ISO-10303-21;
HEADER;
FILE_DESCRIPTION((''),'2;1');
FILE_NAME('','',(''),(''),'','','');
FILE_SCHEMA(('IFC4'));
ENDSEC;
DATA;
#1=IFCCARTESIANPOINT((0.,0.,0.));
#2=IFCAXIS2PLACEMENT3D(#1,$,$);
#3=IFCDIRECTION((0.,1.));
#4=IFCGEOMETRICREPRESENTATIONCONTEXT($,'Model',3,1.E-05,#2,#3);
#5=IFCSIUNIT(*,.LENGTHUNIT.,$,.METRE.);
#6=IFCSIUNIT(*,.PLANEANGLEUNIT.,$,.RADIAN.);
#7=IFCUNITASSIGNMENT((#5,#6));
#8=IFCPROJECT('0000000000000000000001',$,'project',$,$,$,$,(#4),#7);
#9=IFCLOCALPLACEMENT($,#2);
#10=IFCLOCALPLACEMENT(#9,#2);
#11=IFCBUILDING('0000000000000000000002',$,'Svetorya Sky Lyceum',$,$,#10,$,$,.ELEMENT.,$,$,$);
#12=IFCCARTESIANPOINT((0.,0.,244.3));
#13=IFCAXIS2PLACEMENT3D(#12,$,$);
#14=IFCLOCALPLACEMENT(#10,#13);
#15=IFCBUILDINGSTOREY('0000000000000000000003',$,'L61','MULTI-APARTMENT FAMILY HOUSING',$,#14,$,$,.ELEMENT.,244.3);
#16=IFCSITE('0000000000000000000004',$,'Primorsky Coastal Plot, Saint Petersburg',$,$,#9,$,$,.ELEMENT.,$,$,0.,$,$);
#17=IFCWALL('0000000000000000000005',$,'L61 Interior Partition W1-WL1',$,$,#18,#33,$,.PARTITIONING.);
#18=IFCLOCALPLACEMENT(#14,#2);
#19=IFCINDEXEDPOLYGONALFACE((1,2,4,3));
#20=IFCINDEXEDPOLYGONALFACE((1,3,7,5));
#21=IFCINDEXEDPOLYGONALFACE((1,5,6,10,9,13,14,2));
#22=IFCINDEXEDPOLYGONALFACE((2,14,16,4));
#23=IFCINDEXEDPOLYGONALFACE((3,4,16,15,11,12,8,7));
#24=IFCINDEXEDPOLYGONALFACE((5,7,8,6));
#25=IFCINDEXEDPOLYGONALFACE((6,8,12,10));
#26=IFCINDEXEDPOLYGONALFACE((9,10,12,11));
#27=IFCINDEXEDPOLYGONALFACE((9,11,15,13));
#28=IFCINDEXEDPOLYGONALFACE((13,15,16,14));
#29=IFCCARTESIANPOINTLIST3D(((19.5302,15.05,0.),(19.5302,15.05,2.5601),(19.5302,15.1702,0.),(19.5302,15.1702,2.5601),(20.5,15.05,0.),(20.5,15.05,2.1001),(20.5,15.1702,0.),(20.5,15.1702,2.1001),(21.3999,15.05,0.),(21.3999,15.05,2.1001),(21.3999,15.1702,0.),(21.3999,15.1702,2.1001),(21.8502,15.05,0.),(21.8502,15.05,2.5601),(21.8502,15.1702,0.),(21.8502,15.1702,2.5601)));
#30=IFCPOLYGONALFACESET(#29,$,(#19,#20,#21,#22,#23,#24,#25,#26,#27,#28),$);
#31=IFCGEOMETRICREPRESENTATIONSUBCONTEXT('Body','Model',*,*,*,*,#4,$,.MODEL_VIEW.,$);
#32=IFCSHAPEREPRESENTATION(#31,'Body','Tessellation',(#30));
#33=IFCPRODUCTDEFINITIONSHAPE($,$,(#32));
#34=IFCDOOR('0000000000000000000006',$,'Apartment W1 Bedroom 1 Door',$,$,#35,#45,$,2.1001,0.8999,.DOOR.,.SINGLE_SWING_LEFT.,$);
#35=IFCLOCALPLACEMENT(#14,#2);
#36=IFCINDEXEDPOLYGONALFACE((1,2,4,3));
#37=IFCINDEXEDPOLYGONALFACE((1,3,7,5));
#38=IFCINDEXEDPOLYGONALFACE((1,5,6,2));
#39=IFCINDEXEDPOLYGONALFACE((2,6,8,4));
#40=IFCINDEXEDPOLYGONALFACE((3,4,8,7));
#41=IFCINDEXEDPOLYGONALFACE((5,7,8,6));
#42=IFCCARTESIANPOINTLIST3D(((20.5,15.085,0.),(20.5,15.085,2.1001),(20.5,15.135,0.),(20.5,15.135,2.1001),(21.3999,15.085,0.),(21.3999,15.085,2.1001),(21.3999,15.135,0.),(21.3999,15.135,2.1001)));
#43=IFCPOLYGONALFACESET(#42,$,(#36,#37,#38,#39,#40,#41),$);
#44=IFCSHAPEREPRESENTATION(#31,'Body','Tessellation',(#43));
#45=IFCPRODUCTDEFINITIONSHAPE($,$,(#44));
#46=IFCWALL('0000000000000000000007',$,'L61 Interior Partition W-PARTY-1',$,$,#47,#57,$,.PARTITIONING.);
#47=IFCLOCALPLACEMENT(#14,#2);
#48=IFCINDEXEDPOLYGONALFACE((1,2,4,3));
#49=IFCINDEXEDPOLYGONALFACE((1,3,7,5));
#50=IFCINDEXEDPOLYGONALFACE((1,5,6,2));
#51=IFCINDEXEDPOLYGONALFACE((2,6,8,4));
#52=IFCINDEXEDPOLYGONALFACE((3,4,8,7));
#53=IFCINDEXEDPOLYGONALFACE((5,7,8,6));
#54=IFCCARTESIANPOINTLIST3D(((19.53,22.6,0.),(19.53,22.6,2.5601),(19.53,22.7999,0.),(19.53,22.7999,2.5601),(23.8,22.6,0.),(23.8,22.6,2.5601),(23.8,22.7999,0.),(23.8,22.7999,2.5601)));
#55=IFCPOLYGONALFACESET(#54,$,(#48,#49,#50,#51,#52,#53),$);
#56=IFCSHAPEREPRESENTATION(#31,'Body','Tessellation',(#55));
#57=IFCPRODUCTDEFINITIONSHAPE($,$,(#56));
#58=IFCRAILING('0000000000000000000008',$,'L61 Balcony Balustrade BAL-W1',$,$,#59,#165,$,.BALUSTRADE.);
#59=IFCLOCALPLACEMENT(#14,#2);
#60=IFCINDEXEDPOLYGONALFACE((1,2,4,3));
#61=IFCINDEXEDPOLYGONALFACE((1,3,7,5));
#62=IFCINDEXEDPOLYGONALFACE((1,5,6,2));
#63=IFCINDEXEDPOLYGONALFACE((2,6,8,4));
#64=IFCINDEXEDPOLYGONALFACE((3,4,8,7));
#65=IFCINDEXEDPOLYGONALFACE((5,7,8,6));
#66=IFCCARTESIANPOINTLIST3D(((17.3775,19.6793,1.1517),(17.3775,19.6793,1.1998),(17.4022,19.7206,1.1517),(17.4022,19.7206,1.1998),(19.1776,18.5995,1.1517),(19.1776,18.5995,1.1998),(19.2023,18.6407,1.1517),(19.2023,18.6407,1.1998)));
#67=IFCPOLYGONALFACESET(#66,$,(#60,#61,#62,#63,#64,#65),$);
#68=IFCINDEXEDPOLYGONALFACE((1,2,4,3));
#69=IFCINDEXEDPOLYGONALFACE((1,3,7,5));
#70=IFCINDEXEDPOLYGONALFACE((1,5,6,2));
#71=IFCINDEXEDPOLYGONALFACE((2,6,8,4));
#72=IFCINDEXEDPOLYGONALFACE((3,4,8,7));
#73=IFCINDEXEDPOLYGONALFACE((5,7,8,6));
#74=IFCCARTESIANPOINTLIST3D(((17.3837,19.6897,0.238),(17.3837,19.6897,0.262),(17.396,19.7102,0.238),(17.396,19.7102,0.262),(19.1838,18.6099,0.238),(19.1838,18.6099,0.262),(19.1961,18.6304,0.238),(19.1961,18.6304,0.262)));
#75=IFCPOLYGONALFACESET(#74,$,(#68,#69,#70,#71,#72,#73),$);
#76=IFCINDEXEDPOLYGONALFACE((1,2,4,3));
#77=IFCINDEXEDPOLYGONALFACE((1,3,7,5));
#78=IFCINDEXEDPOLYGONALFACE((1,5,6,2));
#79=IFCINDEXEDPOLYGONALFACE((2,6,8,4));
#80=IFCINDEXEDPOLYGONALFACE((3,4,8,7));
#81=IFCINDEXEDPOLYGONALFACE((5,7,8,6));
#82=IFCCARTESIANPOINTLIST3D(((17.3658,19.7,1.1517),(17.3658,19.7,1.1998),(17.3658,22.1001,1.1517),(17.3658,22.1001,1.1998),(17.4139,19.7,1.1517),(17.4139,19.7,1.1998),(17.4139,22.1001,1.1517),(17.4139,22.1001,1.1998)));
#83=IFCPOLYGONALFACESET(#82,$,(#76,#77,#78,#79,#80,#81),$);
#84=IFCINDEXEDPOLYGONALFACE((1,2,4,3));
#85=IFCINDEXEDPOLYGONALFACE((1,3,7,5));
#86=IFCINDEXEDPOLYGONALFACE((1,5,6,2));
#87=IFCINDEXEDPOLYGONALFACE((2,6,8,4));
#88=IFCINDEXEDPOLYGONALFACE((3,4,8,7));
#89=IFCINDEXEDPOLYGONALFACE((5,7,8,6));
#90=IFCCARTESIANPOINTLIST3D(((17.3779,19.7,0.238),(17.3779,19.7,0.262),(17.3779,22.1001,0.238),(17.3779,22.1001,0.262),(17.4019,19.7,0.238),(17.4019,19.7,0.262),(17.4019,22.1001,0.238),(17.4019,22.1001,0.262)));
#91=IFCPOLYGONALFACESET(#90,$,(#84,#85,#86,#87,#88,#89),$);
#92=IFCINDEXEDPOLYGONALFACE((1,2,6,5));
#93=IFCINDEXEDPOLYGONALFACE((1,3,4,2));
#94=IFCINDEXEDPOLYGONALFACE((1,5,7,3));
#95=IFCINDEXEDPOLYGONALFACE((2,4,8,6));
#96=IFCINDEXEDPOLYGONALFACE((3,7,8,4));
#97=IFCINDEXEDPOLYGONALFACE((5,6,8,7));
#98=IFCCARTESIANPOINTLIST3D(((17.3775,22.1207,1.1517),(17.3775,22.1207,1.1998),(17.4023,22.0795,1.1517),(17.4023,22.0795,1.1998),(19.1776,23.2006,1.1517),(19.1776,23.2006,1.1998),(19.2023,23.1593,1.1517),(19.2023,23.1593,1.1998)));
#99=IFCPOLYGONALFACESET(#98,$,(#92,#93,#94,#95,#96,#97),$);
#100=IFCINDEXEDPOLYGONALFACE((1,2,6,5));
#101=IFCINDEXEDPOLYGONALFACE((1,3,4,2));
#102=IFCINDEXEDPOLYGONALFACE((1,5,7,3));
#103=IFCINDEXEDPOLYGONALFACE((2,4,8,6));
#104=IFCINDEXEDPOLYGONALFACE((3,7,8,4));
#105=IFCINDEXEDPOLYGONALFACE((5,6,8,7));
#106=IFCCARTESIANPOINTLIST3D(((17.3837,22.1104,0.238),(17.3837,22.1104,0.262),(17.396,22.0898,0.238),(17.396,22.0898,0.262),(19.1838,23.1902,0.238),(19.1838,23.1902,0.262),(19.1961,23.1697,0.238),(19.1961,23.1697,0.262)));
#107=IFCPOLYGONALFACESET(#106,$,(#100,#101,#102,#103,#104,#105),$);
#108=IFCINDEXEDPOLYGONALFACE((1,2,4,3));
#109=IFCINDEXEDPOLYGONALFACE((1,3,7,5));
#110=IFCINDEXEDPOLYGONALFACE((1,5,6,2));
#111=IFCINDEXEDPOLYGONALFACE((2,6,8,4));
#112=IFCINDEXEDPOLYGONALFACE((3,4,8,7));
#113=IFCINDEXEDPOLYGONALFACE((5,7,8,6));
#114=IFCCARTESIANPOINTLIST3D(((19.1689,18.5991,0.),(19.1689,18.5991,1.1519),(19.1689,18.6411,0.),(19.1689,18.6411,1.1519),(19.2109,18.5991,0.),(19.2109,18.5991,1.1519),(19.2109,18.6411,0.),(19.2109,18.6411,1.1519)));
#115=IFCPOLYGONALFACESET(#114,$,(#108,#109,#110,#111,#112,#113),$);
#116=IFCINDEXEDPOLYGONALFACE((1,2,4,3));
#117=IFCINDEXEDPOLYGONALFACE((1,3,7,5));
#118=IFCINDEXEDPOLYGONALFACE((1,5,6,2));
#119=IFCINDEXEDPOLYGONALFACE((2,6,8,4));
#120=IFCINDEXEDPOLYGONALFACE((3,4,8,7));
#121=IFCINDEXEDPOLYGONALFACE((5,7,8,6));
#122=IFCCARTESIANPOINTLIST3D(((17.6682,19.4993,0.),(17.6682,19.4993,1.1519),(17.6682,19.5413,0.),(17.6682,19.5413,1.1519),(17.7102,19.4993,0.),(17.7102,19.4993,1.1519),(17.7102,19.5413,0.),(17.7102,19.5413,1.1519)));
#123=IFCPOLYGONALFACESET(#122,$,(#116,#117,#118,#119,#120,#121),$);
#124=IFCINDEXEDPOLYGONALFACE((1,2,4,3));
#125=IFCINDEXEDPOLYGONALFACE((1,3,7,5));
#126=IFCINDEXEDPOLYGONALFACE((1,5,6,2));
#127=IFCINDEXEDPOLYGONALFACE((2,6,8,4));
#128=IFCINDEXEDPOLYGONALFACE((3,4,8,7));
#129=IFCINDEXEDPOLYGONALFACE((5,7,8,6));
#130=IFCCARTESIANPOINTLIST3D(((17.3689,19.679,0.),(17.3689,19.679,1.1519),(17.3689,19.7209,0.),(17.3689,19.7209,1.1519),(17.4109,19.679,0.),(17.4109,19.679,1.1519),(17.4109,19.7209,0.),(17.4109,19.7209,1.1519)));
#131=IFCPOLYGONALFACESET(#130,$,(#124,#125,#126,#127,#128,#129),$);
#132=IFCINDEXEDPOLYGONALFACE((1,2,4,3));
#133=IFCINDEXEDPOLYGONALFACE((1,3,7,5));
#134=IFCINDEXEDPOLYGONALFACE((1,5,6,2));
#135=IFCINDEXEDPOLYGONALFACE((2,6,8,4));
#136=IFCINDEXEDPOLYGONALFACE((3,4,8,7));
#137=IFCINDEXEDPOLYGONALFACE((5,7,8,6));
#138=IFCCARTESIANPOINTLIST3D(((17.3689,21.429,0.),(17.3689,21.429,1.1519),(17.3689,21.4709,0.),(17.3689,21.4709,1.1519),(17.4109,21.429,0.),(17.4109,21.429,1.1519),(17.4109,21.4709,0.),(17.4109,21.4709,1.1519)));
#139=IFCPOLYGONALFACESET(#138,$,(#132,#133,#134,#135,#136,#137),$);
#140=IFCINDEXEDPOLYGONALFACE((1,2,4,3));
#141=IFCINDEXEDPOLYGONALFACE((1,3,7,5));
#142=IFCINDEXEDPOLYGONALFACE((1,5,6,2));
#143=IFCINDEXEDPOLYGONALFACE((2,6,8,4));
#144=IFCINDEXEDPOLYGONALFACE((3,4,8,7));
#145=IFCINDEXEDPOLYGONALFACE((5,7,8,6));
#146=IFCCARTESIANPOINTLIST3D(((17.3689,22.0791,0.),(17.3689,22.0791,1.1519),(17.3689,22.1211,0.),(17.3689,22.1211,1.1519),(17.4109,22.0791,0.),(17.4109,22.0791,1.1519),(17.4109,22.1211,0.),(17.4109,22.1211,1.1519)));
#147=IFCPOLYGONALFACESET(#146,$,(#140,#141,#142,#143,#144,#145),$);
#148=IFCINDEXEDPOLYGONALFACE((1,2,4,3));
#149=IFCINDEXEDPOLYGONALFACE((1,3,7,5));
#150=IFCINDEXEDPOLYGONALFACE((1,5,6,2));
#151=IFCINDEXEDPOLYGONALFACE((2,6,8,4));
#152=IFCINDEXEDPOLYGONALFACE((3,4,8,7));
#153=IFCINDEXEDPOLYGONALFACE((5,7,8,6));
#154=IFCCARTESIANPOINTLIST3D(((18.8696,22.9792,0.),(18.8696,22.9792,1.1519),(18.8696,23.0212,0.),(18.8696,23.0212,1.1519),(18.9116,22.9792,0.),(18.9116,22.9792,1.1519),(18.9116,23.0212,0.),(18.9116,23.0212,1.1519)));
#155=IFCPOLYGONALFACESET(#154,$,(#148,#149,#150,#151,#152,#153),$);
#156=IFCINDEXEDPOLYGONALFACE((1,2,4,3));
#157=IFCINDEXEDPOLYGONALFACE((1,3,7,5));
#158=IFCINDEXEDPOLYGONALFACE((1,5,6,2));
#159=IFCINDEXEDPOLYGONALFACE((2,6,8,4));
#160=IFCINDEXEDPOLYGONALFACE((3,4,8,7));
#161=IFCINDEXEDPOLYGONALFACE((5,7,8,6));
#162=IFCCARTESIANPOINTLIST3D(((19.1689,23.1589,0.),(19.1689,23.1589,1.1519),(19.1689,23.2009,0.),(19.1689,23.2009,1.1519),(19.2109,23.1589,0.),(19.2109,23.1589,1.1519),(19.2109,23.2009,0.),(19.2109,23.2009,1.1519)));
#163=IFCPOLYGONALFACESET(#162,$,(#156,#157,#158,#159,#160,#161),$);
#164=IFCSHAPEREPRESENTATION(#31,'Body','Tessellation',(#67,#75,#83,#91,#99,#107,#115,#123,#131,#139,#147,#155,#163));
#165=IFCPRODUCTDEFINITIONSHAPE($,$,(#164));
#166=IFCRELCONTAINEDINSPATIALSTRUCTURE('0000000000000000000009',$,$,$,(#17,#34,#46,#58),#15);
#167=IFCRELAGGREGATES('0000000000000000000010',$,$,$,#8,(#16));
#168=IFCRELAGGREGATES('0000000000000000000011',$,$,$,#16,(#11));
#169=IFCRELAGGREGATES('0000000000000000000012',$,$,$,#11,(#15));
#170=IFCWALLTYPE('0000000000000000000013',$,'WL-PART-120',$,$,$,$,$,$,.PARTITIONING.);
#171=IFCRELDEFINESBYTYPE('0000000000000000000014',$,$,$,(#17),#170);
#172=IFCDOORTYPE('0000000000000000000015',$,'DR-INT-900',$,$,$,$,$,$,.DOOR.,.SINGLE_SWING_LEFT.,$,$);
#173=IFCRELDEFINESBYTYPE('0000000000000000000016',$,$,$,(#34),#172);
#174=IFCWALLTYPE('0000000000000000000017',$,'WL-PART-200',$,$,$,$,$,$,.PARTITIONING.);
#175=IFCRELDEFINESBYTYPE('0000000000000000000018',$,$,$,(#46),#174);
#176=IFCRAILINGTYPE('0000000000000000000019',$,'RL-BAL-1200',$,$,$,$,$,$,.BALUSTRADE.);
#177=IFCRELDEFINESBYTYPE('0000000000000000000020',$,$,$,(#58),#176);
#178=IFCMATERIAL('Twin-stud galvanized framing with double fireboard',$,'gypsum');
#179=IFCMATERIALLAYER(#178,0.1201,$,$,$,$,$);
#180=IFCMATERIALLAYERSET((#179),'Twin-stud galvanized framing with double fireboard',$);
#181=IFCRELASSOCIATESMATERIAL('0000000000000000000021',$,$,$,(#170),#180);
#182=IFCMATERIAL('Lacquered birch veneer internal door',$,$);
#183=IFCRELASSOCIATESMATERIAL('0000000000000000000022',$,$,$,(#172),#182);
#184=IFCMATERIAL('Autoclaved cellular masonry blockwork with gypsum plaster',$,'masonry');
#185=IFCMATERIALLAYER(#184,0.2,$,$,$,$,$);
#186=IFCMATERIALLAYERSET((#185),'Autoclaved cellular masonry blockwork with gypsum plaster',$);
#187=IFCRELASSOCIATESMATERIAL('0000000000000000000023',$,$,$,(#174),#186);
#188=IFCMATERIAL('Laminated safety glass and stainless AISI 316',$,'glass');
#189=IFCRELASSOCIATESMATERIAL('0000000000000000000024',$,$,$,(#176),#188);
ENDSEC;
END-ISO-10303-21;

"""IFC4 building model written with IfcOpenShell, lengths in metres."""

from ifc_helpers import new_model, si_unit, direction, frame, frame_2d, origin, origin_2d, place, context, subcontext, project, spatial, rectangle, extrude, material, layer, layer_set, type_object, element, fill, save


model = new_model("IFC4")

# Units and contexts
model_context = context("Model", 3, precision=1e-05, world=origin(), true_north=direction((0.0, 1.0)))
body_context = subcontext(model_context, "Body", "Model", "MODEL_VIEW")
ifc_project = project(units=[si_unit("LENGTHUNIT", "METRE"), si_unit("PLANEANGLEUNIT", "RADIAN")], contexts=[model_context])

# Site, building, storey
site_placement = place(None, origin())
site = spatial("IfcSite", under=ifc_project, at=site_placement, Name="Primorsky Coastal Plot, Saint Petersburg", CompositionType="ELEMENT", RefElevation=0.0)
building_placement = place(site_placement, origin())
building = spatial("IfcBuilding", under=site, at=building_placement, Name="Svetorya Sky Lyceum", CompositionType="ELEMENT")
storey_placement = place(building_placement, frame((0.0, 0.0, 244.3)))
storey = spatial("IfcBuildingStorey", under=building, at=storey_placement, Name="L61", Description="MULTI-APARTMENT FAMILY HOUSING", CompositionType="ELEMENT", Elevation=244.3)

# Wall, opening, door
ifc_material_1 = material(Name="Twin-stud galvanized framing with double fireboard", Category="gypsum")
ifc_layer_1 = layer(ifc_material_1, 0.1201)
ifc_layer_set_1 = layer_set([ifc_layer_1], Name="Twin-stud galvanized framing with double fireboard")
wall_type_1 = type_object("IfcWallType", Name="WL-PART-120", PredefinedType="PARTITIONING", material=ifc_layer_set_1)
wall_1_placement = place(storey_placement, frame((19.53, 15.1101, 0.0), z_axis=(0.0, 0.0, 1.0), x_axis=(1.0, 0.0, 0.0)))
wall_1 = element("IfcWall", 1, at=wall_1_placement, inside=storey, type_object=wall_type_1, Name="L61 Interior Partition W1-WL1", PredefinedType="PARTITIONING", context=body_context, shape_type="SweptSolid", body=[
    extrude(rectangle(XDim=2.3201, YDim=0.1201, at=frame_2d((1.1602, 0.0))), origin(), (0.0, 0.0, 1.0), 2.5601),
])
opening_placement = place(wall_1_placement, frame((0.97, 0.0, 0.0)))
opening = element("IfcOpeningElement", 2, at=opening_placement, cuts=wall_1, PredefinedType="OPENING", context=body_context, shape_type="SweptSolid", body=[
    extrude(rectangle(XDim=0.8999, YDim=2.1001, at=frame_2d((0.45, 1.05))), frame((0.0, 0.0701, 0.0), z_axis=(0.0, -1.0, 0.0), x_axis=(1.0, 0.0, 0.0)), (0.0, 0.0, 1.0), 0.1401),
])
ifc_material_2 = material(Name="Lacquered birch veneer internal door")
door_type = type_object("IfcDoorType", Name="DR-INT-900", OperationType="SINGLE_SWING_LEFT", PredefinedType="DOOR", material=ifc_material_2)
door_placement = place(opening_placement, origin())
door = element("IfcDoor", 3, at=door_placement, inside=storey, type_object=door_type, Name="Apartment W1 Bedroom 1 Door", OperationType="SINGLE_SWING_LEFT", OverallHeight=2.1001, OverallWidth=0.8999, PredefinedType="DOOR", context=body_context, shape_type="SweptSolid", body=[
    extrude(rectangle(XDim=0.8999, YDim=2.1001, at=frame_2d((0.45, 1.05))), frame((0.0, 0.0249, 0.0), z_axis=(0.0, -1.0, 0.0), x_axis=(1.0, 0.0, 0.0)), (0.0, 0.0, 1.0), 0.05),
])
fill(opening, door)

# Wall
ifc_material_3 = material(Name="Autoclaved cellular masonry blockwork with gypsum plaster", Category="masonry")
ifc_layer_2 = layer(ifc_material_3, 0.2)
ifc_layer_set_2 = layer_set([ifc_layer_2], Name="Autoclaved cellular masonry blockwork with gypsum plaster")
wall_type_2 = type_object("IfcWallType", Name="WL-PART-200", PredefinedType="PARTITIONING", material=ifc_layer_set_2)
wall_2_placement = place(storey_placement, frame((19.53, 22.7, 0.0), z_axis=(0.0, 0.0, 1.0), x_axis=(1.0, 0.0, 0.0)))
element("IfcWall", 4, at=wall_2_placement, inside=storey, type_object=wall_type_2, Name="L61 Interior Partition W-PARTY-1", PredefinedType="PARTITIONING", context=body_context, shape_type="SweptSolid", body=[
    extrude(rectangle(XDim=4.27, YDim=0.2, at=frame_2d((2.135, 0.0))), origin(), (0.0, 0.0, 1.0), 2.5601),
])

# Railing
ifc_material_4 = material(Name="Laminated safety glass and stainless AISI 316", Category="glass")
railing_type = type_object("IfcRailingType", Name="RL-BAL-1200", PredefinedType="BALUSTRADE", material=ifc_material_4)
railing_placement = place(storey_placement, frame((19.1899, 18.6201, 0.0)))
element("IfcRailing", 5, at=railing_placement, inside=storey, type_object=railing_type, Name="L61 Balcony Balustrade BAL-W1", PredefinedType="BALUSTRADE", context=body_context, shape_type="SweptSolid", body=[
    extrude(rectangle(XDim=0.0481, YDim=0.0481, at=origin_2d()), frame((0.0, 0.0, 1.1758), z_axis=(-0.857534, 0.514427, 0.0), x_axis=(-0.514427, -0.857534, 0.0)), (0.0, 0.0, 1.0), 2.0991),
    extrude(rectangle(XDim=0.0239, YDim=0.0239, at=origin_2d()), frame((0.0, 0.0, 0.25), z_axis=(-0.857534, 0.514427, 0.0), x_axis=(-0.514427, -0.857534, 0.0)), (0.0, 0.0, 1.0), 2.0991),
    extrude(rectangle(XDim=0.0481, YDim=0.0481, at=origin_2d()), frame((-1.8, 1.0798, 1.1758), z_axis=(0.0, 1.0, 0.0), x_axis=(-1.0, 0.0, 0.0)), (0.0, 0.0, 1.0), 2.4001),
    extrude(rectangle(XDim=0.0239, YDim=0.0239, at=origin_2d()), frame((-1.8, 1.0798, 0.25), z_axis=(0.0, 1.0, 0.0), x_axis=(-1.0, 0.0, 0.0)), (0.0, 0.0, 1.0), 2.4001),
    extrude(rectangle(XDim=0.0481, YDim=0.0481, at=origin_2d()), frame((-1.8, 3.48, 1.1758), z_axis=(0.857534, 0.514427, 0.0), x_axis=(-0.514427, 0.857534, 0.0)), (0.0, 0.0, 1.0), 2.0991),
    extrude(rectangle(XDim=0.0239, YDim=0.0239, at=origin_2d()), frame((-1.8, 3.48, 0.25), z_axis=(0.857534, 0.514427, 0.0), x_axis=(-0.514427, 0.857534, 0.0)), (0.0, 0.0, 1.0), 2.0991),
    extrude(rectangle(XDim=0.042, YDim=0.042, at=origin_2d()), origin(), (0.0, 0.0, 1.0), 1.1519),
    extrude(rectangle(XDim=0.042, YDim=0.042, at=origin_2d()), frame((-1.5007, 0.9001, 0.0)), (0.0, 0.0, 1.0), 1.1519),
    extrude(rectangle(XDim=0.042, YDim=0.042, at=origin_2d()), frame((-1.8, 1.0798, 0.0)), (0.0, 0.0, 1.0), 1.1519),
    extrude(rectangle(XDim=0.042, YDim=0.042, at=origin_2d()), frame((-1.8, 2.8298, 0.0)), (0.0, 0.0, 1.0), 1.1519),
    extrude(rectangle(XDim=0.042, YDim=0.042, at=origin_2d()), frame((-1.8, 3.48, 0.0)), (0.0, 0.0, 1.0), 1.1519),
    extrude(rectangle(XDim=0.042, YDim=0.042, at=origin_2d()), frame((-0.2993, 4.3801, 0.0)), (0.0, 0.0, 1.0), 1.1519),
    extrude(rectangle(XDim=0.042, YDim=0.042, at=origin_2d()), frame((0.0, 4.5598, 0.0)), (0.0, 0.0, 1.0), 1.1519),
])

save(model, "model.ifc")
